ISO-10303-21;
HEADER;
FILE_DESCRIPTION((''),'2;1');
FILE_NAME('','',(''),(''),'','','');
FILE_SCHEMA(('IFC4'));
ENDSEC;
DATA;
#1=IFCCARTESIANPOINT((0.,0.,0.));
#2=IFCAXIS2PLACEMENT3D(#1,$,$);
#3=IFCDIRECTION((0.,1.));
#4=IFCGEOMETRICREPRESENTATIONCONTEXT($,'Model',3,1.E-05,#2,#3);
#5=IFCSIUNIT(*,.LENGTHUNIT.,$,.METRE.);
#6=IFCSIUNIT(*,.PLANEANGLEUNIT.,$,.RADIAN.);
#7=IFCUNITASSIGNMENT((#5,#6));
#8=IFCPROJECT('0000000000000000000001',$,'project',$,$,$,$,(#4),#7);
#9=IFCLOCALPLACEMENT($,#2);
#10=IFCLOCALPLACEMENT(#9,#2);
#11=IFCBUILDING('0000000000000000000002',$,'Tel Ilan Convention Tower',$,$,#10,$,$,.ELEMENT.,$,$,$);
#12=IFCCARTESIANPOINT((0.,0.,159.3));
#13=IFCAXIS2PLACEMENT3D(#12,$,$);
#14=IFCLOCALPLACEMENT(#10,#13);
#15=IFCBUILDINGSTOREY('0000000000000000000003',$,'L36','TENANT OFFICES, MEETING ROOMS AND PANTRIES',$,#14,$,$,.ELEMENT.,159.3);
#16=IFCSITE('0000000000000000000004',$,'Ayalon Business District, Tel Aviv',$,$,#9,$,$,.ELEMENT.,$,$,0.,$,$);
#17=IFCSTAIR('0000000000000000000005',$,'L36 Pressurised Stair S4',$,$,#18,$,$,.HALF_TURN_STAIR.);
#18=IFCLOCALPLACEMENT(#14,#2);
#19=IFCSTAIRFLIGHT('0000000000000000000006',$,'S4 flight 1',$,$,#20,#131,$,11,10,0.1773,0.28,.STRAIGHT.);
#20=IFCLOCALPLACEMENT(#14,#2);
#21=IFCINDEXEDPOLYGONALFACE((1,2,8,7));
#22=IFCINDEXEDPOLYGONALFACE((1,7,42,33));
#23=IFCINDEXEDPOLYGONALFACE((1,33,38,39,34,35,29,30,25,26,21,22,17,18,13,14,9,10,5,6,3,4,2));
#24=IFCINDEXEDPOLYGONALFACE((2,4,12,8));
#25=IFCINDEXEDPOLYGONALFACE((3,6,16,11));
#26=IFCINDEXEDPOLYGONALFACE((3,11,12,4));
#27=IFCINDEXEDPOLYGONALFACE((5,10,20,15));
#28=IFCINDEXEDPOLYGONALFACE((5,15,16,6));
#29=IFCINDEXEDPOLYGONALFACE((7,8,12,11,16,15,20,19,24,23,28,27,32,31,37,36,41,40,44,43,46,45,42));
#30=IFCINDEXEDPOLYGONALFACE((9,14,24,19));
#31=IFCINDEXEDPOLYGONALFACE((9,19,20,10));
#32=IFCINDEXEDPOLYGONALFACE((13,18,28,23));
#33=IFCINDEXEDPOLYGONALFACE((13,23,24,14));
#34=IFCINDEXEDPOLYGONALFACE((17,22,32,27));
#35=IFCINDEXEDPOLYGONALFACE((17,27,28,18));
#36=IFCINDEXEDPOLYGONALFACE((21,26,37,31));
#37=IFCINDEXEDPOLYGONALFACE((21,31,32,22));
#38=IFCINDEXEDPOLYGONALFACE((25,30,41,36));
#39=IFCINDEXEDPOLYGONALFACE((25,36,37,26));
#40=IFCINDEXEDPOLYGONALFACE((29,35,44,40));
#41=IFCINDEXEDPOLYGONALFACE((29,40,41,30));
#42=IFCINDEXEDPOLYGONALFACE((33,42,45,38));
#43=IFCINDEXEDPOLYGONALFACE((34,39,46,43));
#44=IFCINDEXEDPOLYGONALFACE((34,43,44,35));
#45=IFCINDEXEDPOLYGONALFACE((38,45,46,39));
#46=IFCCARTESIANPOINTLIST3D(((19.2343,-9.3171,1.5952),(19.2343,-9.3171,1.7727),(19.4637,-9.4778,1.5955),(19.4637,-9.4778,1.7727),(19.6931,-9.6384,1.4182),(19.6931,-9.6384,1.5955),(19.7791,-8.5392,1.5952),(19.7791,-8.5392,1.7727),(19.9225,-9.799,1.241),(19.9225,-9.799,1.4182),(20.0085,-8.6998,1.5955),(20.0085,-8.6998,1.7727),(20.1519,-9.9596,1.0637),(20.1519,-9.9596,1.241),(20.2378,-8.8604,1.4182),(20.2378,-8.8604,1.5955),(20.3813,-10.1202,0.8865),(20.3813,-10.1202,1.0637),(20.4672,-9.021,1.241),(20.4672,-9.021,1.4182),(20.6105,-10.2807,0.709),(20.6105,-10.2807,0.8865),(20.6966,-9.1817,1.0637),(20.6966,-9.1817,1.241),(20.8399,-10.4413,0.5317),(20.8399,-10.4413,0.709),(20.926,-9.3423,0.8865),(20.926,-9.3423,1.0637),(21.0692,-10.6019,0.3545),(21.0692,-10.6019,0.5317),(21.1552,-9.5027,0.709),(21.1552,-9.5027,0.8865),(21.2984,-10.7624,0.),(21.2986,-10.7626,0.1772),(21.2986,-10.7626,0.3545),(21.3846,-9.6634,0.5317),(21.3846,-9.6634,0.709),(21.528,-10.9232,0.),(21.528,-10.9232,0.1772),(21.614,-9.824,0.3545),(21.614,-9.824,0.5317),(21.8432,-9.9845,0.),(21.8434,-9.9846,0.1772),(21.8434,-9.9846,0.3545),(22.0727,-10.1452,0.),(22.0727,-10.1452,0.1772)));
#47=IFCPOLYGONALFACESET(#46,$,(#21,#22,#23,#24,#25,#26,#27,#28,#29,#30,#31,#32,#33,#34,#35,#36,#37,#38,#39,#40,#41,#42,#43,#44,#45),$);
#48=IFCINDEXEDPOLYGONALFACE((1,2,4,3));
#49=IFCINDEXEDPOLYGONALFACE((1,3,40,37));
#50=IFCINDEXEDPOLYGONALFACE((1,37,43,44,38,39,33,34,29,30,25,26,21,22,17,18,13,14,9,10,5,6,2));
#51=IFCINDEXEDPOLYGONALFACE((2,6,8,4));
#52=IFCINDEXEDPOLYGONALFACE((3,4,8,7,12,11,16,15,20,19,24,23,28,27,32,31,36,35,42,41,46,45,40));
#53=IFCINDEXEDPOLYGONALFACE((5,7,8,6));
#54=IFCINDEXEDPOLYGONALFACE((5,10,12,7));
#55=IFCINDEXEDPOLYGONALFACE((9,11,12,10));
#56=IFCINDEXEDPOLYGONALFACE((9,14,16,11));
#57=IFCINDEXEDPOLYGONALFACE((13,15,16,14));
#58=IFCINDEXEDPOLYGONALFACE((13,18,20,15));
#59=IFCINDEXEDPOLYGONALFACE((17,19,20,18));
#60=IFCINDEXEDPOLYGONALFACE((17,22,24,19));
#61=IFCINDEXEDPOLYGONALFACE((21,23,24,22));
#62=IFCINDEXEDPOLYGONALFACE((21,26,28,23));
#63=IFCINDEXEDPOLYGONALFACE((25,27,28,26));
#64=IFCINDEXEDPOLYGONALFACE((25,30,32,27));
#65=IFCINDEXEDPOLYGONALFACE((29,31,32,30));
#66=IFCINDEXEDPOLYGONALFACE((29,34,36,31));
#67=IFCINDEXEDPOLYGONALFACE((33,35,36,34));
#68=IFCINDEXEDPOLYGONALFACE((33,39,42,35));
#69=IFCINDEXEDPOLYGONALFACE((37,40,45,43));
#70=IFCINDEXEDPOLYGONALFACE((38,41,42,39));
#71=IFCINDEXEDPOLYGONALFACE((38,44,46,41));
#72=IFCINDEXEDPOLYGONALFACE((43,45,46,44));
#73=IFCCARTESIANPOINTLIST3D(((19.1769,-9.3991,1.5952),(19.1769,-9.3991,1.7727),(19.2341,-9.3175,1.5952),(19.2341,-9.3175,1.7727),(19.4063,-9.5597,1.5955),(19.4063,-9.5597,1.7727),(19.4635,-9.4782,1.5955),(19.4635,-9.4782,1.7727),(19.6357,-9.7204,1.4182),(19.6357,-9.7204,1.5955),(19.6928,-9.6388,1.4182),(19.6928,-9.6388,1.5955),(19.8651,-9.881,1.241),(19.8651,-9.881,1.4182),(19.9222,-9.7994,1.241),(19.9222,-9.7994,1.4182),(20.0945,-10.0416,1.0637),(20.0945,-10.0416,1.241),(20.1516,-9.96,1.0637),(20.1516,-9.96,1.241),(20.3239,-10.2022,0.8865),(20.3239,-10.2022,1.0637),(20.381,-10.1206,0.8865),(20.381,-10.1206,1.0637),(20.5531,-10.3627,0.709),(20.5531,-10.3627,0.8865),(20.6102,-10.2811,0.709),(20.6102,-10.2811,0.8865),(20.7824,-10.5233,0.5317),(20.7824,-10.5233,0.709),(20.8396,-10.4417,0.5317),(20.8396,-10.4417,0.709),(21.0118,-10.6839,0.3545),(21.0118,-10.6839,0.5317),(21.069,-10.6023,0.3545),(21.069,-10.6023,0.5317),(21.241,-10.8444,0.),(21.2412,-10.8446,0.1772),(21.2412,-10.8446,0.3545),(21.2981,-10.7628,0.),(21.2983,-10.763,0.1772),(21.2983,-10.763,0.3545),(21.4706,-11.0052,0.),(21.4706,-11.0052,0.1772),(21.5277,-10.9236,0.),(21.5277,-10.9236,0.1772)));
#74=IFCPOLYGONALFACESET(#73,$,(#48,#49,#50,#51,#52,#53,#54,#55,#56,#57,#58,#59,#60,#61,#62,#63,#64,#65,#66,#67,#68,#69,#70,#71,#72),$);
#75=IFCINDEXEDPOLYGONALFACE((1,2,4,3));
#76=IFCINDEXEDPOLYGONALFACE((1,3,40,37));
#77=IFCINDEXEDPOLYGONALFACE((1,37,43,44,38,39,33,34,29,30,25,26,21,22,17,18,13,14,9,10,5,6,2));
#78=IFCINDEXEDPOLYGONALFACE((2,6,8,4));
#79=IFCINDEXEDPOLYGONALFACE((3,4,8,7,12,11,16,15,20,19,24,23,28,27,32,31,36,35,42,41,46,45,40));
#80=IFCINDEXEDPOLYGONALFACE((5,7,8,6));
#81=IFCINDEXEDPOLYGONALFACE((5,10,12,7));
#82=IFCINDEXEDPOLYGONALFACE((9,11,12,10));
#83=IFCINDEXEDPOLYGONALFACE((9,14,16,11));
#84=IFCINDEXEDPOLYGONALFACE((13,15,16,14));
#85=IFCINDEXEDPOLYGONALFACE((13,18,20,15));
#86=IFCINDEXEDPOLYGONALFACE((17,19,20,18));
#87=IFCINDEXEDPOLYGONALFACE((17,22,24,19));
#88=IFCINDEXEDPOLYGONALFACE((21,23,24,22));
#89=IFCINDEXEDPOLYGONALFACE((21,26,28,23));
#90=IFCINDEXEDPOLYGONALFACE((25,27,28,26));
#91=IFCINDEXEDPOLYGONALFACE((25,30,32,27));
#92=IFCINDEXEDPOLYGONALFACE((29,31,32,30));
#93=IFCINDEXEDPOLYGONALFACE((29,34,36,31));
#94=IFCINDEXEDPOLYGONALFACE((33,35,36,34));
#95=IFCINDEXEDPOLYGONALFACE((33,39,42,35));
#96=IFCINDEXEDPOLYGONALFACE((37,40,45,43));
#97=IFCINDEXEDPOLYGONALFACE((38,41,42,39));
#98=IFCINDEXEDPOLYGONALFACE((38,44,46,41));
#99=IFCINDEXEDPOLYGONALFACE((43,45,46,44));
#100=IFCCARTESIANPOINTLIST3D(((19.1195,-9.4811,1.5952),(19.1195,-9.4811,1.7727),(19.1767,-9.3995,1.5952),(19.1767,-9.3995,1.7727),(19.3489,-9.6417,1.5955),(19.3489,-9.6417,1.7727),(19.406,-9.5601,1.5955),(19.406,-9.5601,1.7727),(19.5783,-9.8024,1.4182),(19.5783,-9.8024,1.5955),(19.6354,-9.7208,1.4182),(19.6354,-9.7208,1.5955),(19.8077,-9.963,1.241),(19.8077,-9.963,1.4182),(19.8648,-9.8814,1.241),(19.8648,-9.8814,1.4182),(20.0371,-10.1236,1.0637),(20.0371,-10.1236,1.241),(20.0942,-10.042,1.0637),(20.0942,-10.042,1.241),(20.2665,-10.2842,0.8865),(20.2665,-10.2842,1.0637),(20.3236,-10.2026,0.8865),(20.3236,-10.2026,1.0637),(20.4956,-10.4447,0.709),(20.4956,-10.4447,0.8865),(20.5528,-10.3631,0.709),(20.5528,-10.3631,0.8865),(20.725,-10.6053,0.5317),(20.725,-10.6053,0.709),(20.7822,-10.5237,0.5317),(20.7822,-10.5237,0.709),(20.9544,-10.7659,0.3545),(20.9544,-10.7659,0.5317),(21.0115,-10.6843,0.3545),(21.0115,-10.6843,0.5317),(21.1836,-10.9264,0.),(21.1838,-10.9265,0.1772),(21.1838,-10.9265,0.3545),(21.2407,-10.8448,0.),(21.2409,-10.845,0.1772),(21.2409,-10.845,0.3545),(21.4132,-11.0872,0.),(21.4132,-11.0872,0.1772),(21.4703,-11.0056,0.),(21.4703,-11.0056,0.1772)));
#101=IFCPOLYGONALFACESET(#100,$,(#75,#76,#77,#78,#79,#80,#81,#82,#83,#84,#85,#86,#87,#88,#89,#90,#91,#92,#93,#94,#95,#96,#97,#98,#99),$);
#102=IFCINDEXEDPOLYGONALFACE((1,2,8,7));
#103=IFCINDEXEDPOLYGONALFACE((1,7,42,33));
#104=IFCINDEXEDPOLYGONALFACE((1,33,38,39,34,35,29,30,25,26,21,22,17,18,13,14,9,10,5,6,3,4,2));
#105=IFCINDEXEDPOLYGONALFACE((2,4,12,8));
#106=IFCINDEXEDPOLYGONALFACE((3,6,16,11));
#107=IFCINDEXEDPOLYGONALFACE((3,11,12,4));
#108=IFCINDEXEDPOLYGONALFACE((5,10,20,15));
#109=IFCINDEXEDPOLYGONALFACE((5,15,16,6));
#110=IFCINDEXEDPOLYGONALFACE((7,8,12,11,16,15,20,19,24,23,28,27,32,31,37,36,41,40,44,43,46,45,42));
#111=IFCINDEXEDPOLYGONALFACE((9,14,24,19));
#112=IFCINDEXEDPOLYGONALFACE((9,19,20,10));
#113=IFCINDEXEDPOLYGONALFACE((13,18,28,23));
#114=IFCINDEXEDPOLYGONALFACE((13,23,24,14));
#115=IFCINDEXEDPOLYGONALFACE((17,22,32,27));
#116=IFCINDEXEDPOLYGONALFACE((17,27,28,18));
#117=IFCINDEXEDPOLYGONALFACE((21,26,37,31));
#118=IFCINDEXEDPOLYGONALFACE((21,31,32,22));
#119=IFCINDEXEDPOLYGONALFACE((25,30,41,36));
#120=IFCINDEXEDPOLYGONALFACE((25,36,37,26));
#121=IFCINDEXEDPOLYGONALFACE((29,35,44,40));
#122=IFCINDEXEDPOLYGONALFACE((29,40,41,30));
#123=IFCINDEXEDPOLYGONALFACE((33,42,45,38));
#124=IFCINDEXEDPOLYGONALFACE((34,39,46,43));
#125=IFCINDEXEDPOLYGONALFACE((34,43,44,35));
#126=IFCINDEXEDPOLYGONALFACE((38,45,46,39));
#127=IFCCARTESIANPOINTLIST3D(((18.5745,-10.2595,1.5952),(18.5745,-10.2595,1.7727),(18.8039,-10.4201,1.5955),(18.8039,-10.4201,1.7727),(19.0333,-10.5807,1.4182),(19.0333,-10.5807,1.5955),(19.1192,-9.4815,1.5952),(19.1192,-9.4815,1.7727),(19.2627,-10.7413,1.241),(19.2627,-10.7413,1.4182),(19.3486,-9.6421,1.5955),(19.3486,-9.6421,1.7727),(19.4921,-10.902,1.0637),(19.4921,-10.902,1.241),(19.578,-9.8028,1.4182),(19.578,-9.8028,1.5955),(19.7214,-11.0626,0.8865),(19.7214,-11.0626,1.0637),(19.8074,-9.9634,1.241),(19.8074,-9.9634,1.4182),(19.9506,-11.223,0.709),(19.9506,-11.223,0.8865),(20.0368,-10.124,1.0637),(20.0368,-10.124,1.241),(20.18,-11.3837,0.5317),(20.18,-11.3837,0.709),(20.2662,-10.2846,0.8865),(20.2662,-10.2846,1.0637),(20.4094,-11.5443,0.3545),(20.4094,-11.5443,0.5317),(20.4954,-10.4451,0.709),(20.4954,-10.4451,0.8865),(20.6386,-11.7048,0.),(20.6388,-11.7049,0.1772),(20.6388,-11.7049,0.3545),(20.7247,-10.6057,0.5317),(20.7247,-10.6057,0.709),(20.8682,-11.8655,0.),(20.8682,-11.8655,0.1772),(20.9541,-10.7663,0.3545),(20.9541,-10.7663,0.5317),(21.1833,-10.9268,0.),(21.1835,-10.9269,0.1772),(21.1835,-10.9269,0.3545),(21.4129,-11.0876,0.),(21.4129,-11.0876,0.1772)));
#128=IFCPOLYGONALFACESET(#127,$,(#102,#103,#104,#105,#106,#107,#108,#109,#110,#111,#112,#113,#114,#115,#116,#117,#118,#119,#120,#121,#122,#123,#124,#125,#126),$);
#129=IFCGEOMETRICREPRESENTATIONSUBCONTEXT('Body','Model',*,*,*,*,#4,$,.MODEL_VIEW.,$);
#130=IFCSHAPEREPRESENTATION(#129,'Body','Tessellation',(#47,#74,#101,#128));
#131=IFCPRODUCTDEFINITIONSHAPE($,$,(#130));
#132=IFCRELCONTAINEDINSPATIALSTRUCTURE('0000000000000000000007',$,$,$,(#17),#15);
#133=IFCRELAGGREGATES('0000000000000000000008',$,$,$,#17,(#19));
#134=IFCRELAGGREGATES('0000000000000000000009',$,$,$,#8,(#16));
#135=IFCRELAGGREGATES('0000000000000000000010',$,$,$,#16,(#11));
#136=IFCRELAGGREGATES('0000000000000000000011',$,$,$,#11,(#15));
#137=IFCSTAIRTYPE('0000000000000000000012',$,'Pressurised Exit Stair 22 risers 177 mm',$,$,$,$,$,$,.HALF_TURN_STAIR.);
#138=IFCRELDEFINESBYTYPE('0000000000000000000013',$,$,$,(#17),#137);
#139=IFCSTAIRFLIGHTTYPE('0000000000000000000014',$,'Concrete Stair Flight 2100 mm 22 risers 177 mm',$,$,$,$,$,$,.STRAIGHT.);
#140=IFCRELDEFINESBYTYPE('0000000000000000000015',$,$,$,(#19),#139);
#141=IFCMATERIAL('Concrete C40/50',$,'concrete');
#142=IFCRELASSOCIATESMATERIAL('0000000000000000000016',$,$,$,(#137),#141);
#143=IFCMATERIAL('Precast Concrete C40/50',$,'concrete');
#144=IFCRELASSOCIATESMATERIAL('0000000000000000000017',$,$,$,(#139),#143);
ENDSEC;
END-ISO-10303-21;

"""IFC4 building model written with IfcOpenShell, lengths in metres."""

from ifc_helpers import new_model, si_unit, direction, frame, origin, place, context, subcontext, project, spatial, polyline, outline, extrude, material, type_object, element, aggregate, save


model = new_model("IFC4")

# Units and contexts
model_context = context("Model", 3, precision=1e-05, world=origin(), true_north=direction((0.0, 1.0)))
body_context = subcontext(model_context, "Body", "Model", "MODEL_VIEW")
ifc_project = project(units=[si_unit("LENGTHUNIT", "METRE"), si_unit("PLANEANGLEUNIT", "RADIAN")], contexts=[model_context])

# Site, building, storey
site_placement = place(None, origin())
site = spatial("IfcSite", under=ifc_project, at=site_placement, Name="Ayalon Business District, Tel Aviv", CompositionType="ELEMENT", RefElevation=0.0)
building_placement = place(site_placement, origin())
building = spatial("IfcBuilding", under=site, at=building_placement, Name="Tel Ilan Convention Tower", CompositionType="ELEMENT")
storey_placement = place(building_placement, frame((0.0, 0.0, 159.3)))
storey = spatial("IfcBuildingStorey", under=building, at=storey_placement, Name="L36", Description="TENANT OFFICES, MEETING ROOMS AND PANTRIES", CompositionType="ELEMENT", Elevation=159.3)

# Shared definitions
ifc_material_1 = material(Name="Concrete C40/50", Category="concrete")
stair_type = type_object("IfcStairType", Name="Pressurised Exit Stair 22 risers 177 mm", PredefinedType="HALF_TURN_STAIR", material=ifc_material_1)
ifc_material_2 = material(Name="Precast Concrete C40/50", Category="concrete")
stair_flight_type = type_object("IfcStairFlightType", Name="Concrete Stair Flight 2100 mm 22 risers 177 mm", PredefinedType="STRAIGHT", material=ifc_material_2)

# Stair, stair flight
stair_1_placement = place(storey_placement, origin())
stair_1 = element("IfcStair", 1, at=stair_1_placement, inside=storey, type_object=stair_type, Name="L36 Pressurised Stair S4", PredefinedType="HALF_TURN_STAIR")
stair_flight_1_placement = place(storey_placement, frame((21.4705, -11.0054, 0.0), z_axis=(0.0, 0.0, 1.0), x_axis=(-0.819152, 0.573576, 0.0)))
stair_flight_1 = element("IfcStairFlight", 2, at=stair_flight_1_placement, type_object=stair_flight_type, Name="S4 flight 1", NumberOfRisers=11, NumberOfTreads=10, PredefinedType="STRAIGHT", RiserHeight=0.1773, TreadLength=0.28, context=body_context, shape_type="SweptSolid", body=[
    extrude(outline(polyline([(0.0, 0.0), (0.0, 0.1772), (0.28, 0.1772), (0.28, 0.3545), (0.5601, 0.3545), (0.5601, 0.5317), (0.8401, 0.5317), (0.8401, 0.709), (1.1201, 0.709), (1.1201, 0.8865), (1.3999, 0.8865), (1.3999, 1.0637), (1.6799, 1.0637), (1.6799, 1.241), (1.96, 1.241), (1.96, 1.4182), (2.24, 1.4182), (2.24, 1.5955), (2.52, 1.5955), (2.52, 1.7727), (2.8, 1.7727), (2.8, 1.95), (2.8, 1.5952), (0.2803, 0.0), (0.0, 0.0)])), frame((0.0, -0.1003, 0.0), z_axis=(0.0, -1.0, 0.0), x_axis=(1.0, 0.0, 0.0)), (0.0, 0.0, 1.0), 0.9497),
    extrude(outline(polyline([(0.0, 0.0), (0.0, 0.1772), (0.28, 0.1772), (0.28, 0.3545), (0.5601, 0.3545), (0.5601, 0.5317), (0.8401, 0.5317), (0.8401, 0.709), (1.1201, 0.709), (1.1201, 0.8865), (1.3999, 0.8865), (1.3999, 1.0637), (1.6799, 1.0637), (1.6799, 1.241), (1.96, 1.241), (1.96, 1.4182), (2.24, 1.4182), (2.24, 1.5955), (2.52, 1.5955), (2.52, 1.7727), (2.8, 1.7727), (2.8, 1.95), (2.8, 1.5952), (0.2803, 0.0), (0.0, 0.0)])), frame((0.0, -0.0002, 0.0), z_axis=(0.0, -1.0, 0.0), x_axis=(1.0, 0.0, 0.0)), (0.0, 0.0, 1.0), 0.0996),
    extrude(outline(polyline([(0.0, 0.0), (0.0, 0.1772), (0.28, 0.1772), (0.28, 0.3545), (0.5601, 0.3545), (0.5601, 0.5317), (0.8401, 0.5317), (0.8401, 0.709), (1.1201, 0.709), (1.1201, 0.8865), (1.3999, 0.8865), (1.3999, 1.0637), (1.6799, 1.0637), (1.6799, 1.241), (1.96, 1.241), (1.96, 1.4182), (2.24, 1.4182), (2.24, 1.5955), (2.52, 1.5955), (2.52, 1.7727), (2.8, 1.7727), (2.8, 1.95), (2.8, 1.5952), (0.2803, 0.0), (0.0, 0.0)])), frame((0.0, 0.0999, 0.0), z_axis=(0.0, -1.0, 0.0), x_axis=(1.0, 0.0, 0.0)), (0.0, 0.0, 1.0), 0.0996),
    extrude(outline(polyline([(0.0, 0.0), (0.0, 0.1772), (0.28, 0.1772), (0.28, 0.3545), (0.5601, 0.3545), (0.5601, 0.5317), (0.8401, 0.5317), (0.8401, 0.709), (1.1201, 0.709), (1.1201, 0.8865), (1.3999, 0.8865), (1.3999, 1.0637), (1.6799, 1.0637), (1.6799, 1.241), (1.96, 1.241), (1.96, 1.4182), (2.24, 1.4182), (2.24, 1.5955), (2.52, 1.5955), (2.52, 1.7727), (2.8, 1.7727), (2.8, 1.95), (2.8, 1.5952), (0.2803, 0.0), (0.0, 0.0)])), frame((0.0, 1.05, 0.0), z_axis=(0.0, -1.0, 0.0), x_axis=(1.0, 0.0, 0.0)), (0.0, 0.0, 1.0), 0.9497),
])
aggregate(stair_1, [stair_flight_1])

save(model, "model.ifc")
